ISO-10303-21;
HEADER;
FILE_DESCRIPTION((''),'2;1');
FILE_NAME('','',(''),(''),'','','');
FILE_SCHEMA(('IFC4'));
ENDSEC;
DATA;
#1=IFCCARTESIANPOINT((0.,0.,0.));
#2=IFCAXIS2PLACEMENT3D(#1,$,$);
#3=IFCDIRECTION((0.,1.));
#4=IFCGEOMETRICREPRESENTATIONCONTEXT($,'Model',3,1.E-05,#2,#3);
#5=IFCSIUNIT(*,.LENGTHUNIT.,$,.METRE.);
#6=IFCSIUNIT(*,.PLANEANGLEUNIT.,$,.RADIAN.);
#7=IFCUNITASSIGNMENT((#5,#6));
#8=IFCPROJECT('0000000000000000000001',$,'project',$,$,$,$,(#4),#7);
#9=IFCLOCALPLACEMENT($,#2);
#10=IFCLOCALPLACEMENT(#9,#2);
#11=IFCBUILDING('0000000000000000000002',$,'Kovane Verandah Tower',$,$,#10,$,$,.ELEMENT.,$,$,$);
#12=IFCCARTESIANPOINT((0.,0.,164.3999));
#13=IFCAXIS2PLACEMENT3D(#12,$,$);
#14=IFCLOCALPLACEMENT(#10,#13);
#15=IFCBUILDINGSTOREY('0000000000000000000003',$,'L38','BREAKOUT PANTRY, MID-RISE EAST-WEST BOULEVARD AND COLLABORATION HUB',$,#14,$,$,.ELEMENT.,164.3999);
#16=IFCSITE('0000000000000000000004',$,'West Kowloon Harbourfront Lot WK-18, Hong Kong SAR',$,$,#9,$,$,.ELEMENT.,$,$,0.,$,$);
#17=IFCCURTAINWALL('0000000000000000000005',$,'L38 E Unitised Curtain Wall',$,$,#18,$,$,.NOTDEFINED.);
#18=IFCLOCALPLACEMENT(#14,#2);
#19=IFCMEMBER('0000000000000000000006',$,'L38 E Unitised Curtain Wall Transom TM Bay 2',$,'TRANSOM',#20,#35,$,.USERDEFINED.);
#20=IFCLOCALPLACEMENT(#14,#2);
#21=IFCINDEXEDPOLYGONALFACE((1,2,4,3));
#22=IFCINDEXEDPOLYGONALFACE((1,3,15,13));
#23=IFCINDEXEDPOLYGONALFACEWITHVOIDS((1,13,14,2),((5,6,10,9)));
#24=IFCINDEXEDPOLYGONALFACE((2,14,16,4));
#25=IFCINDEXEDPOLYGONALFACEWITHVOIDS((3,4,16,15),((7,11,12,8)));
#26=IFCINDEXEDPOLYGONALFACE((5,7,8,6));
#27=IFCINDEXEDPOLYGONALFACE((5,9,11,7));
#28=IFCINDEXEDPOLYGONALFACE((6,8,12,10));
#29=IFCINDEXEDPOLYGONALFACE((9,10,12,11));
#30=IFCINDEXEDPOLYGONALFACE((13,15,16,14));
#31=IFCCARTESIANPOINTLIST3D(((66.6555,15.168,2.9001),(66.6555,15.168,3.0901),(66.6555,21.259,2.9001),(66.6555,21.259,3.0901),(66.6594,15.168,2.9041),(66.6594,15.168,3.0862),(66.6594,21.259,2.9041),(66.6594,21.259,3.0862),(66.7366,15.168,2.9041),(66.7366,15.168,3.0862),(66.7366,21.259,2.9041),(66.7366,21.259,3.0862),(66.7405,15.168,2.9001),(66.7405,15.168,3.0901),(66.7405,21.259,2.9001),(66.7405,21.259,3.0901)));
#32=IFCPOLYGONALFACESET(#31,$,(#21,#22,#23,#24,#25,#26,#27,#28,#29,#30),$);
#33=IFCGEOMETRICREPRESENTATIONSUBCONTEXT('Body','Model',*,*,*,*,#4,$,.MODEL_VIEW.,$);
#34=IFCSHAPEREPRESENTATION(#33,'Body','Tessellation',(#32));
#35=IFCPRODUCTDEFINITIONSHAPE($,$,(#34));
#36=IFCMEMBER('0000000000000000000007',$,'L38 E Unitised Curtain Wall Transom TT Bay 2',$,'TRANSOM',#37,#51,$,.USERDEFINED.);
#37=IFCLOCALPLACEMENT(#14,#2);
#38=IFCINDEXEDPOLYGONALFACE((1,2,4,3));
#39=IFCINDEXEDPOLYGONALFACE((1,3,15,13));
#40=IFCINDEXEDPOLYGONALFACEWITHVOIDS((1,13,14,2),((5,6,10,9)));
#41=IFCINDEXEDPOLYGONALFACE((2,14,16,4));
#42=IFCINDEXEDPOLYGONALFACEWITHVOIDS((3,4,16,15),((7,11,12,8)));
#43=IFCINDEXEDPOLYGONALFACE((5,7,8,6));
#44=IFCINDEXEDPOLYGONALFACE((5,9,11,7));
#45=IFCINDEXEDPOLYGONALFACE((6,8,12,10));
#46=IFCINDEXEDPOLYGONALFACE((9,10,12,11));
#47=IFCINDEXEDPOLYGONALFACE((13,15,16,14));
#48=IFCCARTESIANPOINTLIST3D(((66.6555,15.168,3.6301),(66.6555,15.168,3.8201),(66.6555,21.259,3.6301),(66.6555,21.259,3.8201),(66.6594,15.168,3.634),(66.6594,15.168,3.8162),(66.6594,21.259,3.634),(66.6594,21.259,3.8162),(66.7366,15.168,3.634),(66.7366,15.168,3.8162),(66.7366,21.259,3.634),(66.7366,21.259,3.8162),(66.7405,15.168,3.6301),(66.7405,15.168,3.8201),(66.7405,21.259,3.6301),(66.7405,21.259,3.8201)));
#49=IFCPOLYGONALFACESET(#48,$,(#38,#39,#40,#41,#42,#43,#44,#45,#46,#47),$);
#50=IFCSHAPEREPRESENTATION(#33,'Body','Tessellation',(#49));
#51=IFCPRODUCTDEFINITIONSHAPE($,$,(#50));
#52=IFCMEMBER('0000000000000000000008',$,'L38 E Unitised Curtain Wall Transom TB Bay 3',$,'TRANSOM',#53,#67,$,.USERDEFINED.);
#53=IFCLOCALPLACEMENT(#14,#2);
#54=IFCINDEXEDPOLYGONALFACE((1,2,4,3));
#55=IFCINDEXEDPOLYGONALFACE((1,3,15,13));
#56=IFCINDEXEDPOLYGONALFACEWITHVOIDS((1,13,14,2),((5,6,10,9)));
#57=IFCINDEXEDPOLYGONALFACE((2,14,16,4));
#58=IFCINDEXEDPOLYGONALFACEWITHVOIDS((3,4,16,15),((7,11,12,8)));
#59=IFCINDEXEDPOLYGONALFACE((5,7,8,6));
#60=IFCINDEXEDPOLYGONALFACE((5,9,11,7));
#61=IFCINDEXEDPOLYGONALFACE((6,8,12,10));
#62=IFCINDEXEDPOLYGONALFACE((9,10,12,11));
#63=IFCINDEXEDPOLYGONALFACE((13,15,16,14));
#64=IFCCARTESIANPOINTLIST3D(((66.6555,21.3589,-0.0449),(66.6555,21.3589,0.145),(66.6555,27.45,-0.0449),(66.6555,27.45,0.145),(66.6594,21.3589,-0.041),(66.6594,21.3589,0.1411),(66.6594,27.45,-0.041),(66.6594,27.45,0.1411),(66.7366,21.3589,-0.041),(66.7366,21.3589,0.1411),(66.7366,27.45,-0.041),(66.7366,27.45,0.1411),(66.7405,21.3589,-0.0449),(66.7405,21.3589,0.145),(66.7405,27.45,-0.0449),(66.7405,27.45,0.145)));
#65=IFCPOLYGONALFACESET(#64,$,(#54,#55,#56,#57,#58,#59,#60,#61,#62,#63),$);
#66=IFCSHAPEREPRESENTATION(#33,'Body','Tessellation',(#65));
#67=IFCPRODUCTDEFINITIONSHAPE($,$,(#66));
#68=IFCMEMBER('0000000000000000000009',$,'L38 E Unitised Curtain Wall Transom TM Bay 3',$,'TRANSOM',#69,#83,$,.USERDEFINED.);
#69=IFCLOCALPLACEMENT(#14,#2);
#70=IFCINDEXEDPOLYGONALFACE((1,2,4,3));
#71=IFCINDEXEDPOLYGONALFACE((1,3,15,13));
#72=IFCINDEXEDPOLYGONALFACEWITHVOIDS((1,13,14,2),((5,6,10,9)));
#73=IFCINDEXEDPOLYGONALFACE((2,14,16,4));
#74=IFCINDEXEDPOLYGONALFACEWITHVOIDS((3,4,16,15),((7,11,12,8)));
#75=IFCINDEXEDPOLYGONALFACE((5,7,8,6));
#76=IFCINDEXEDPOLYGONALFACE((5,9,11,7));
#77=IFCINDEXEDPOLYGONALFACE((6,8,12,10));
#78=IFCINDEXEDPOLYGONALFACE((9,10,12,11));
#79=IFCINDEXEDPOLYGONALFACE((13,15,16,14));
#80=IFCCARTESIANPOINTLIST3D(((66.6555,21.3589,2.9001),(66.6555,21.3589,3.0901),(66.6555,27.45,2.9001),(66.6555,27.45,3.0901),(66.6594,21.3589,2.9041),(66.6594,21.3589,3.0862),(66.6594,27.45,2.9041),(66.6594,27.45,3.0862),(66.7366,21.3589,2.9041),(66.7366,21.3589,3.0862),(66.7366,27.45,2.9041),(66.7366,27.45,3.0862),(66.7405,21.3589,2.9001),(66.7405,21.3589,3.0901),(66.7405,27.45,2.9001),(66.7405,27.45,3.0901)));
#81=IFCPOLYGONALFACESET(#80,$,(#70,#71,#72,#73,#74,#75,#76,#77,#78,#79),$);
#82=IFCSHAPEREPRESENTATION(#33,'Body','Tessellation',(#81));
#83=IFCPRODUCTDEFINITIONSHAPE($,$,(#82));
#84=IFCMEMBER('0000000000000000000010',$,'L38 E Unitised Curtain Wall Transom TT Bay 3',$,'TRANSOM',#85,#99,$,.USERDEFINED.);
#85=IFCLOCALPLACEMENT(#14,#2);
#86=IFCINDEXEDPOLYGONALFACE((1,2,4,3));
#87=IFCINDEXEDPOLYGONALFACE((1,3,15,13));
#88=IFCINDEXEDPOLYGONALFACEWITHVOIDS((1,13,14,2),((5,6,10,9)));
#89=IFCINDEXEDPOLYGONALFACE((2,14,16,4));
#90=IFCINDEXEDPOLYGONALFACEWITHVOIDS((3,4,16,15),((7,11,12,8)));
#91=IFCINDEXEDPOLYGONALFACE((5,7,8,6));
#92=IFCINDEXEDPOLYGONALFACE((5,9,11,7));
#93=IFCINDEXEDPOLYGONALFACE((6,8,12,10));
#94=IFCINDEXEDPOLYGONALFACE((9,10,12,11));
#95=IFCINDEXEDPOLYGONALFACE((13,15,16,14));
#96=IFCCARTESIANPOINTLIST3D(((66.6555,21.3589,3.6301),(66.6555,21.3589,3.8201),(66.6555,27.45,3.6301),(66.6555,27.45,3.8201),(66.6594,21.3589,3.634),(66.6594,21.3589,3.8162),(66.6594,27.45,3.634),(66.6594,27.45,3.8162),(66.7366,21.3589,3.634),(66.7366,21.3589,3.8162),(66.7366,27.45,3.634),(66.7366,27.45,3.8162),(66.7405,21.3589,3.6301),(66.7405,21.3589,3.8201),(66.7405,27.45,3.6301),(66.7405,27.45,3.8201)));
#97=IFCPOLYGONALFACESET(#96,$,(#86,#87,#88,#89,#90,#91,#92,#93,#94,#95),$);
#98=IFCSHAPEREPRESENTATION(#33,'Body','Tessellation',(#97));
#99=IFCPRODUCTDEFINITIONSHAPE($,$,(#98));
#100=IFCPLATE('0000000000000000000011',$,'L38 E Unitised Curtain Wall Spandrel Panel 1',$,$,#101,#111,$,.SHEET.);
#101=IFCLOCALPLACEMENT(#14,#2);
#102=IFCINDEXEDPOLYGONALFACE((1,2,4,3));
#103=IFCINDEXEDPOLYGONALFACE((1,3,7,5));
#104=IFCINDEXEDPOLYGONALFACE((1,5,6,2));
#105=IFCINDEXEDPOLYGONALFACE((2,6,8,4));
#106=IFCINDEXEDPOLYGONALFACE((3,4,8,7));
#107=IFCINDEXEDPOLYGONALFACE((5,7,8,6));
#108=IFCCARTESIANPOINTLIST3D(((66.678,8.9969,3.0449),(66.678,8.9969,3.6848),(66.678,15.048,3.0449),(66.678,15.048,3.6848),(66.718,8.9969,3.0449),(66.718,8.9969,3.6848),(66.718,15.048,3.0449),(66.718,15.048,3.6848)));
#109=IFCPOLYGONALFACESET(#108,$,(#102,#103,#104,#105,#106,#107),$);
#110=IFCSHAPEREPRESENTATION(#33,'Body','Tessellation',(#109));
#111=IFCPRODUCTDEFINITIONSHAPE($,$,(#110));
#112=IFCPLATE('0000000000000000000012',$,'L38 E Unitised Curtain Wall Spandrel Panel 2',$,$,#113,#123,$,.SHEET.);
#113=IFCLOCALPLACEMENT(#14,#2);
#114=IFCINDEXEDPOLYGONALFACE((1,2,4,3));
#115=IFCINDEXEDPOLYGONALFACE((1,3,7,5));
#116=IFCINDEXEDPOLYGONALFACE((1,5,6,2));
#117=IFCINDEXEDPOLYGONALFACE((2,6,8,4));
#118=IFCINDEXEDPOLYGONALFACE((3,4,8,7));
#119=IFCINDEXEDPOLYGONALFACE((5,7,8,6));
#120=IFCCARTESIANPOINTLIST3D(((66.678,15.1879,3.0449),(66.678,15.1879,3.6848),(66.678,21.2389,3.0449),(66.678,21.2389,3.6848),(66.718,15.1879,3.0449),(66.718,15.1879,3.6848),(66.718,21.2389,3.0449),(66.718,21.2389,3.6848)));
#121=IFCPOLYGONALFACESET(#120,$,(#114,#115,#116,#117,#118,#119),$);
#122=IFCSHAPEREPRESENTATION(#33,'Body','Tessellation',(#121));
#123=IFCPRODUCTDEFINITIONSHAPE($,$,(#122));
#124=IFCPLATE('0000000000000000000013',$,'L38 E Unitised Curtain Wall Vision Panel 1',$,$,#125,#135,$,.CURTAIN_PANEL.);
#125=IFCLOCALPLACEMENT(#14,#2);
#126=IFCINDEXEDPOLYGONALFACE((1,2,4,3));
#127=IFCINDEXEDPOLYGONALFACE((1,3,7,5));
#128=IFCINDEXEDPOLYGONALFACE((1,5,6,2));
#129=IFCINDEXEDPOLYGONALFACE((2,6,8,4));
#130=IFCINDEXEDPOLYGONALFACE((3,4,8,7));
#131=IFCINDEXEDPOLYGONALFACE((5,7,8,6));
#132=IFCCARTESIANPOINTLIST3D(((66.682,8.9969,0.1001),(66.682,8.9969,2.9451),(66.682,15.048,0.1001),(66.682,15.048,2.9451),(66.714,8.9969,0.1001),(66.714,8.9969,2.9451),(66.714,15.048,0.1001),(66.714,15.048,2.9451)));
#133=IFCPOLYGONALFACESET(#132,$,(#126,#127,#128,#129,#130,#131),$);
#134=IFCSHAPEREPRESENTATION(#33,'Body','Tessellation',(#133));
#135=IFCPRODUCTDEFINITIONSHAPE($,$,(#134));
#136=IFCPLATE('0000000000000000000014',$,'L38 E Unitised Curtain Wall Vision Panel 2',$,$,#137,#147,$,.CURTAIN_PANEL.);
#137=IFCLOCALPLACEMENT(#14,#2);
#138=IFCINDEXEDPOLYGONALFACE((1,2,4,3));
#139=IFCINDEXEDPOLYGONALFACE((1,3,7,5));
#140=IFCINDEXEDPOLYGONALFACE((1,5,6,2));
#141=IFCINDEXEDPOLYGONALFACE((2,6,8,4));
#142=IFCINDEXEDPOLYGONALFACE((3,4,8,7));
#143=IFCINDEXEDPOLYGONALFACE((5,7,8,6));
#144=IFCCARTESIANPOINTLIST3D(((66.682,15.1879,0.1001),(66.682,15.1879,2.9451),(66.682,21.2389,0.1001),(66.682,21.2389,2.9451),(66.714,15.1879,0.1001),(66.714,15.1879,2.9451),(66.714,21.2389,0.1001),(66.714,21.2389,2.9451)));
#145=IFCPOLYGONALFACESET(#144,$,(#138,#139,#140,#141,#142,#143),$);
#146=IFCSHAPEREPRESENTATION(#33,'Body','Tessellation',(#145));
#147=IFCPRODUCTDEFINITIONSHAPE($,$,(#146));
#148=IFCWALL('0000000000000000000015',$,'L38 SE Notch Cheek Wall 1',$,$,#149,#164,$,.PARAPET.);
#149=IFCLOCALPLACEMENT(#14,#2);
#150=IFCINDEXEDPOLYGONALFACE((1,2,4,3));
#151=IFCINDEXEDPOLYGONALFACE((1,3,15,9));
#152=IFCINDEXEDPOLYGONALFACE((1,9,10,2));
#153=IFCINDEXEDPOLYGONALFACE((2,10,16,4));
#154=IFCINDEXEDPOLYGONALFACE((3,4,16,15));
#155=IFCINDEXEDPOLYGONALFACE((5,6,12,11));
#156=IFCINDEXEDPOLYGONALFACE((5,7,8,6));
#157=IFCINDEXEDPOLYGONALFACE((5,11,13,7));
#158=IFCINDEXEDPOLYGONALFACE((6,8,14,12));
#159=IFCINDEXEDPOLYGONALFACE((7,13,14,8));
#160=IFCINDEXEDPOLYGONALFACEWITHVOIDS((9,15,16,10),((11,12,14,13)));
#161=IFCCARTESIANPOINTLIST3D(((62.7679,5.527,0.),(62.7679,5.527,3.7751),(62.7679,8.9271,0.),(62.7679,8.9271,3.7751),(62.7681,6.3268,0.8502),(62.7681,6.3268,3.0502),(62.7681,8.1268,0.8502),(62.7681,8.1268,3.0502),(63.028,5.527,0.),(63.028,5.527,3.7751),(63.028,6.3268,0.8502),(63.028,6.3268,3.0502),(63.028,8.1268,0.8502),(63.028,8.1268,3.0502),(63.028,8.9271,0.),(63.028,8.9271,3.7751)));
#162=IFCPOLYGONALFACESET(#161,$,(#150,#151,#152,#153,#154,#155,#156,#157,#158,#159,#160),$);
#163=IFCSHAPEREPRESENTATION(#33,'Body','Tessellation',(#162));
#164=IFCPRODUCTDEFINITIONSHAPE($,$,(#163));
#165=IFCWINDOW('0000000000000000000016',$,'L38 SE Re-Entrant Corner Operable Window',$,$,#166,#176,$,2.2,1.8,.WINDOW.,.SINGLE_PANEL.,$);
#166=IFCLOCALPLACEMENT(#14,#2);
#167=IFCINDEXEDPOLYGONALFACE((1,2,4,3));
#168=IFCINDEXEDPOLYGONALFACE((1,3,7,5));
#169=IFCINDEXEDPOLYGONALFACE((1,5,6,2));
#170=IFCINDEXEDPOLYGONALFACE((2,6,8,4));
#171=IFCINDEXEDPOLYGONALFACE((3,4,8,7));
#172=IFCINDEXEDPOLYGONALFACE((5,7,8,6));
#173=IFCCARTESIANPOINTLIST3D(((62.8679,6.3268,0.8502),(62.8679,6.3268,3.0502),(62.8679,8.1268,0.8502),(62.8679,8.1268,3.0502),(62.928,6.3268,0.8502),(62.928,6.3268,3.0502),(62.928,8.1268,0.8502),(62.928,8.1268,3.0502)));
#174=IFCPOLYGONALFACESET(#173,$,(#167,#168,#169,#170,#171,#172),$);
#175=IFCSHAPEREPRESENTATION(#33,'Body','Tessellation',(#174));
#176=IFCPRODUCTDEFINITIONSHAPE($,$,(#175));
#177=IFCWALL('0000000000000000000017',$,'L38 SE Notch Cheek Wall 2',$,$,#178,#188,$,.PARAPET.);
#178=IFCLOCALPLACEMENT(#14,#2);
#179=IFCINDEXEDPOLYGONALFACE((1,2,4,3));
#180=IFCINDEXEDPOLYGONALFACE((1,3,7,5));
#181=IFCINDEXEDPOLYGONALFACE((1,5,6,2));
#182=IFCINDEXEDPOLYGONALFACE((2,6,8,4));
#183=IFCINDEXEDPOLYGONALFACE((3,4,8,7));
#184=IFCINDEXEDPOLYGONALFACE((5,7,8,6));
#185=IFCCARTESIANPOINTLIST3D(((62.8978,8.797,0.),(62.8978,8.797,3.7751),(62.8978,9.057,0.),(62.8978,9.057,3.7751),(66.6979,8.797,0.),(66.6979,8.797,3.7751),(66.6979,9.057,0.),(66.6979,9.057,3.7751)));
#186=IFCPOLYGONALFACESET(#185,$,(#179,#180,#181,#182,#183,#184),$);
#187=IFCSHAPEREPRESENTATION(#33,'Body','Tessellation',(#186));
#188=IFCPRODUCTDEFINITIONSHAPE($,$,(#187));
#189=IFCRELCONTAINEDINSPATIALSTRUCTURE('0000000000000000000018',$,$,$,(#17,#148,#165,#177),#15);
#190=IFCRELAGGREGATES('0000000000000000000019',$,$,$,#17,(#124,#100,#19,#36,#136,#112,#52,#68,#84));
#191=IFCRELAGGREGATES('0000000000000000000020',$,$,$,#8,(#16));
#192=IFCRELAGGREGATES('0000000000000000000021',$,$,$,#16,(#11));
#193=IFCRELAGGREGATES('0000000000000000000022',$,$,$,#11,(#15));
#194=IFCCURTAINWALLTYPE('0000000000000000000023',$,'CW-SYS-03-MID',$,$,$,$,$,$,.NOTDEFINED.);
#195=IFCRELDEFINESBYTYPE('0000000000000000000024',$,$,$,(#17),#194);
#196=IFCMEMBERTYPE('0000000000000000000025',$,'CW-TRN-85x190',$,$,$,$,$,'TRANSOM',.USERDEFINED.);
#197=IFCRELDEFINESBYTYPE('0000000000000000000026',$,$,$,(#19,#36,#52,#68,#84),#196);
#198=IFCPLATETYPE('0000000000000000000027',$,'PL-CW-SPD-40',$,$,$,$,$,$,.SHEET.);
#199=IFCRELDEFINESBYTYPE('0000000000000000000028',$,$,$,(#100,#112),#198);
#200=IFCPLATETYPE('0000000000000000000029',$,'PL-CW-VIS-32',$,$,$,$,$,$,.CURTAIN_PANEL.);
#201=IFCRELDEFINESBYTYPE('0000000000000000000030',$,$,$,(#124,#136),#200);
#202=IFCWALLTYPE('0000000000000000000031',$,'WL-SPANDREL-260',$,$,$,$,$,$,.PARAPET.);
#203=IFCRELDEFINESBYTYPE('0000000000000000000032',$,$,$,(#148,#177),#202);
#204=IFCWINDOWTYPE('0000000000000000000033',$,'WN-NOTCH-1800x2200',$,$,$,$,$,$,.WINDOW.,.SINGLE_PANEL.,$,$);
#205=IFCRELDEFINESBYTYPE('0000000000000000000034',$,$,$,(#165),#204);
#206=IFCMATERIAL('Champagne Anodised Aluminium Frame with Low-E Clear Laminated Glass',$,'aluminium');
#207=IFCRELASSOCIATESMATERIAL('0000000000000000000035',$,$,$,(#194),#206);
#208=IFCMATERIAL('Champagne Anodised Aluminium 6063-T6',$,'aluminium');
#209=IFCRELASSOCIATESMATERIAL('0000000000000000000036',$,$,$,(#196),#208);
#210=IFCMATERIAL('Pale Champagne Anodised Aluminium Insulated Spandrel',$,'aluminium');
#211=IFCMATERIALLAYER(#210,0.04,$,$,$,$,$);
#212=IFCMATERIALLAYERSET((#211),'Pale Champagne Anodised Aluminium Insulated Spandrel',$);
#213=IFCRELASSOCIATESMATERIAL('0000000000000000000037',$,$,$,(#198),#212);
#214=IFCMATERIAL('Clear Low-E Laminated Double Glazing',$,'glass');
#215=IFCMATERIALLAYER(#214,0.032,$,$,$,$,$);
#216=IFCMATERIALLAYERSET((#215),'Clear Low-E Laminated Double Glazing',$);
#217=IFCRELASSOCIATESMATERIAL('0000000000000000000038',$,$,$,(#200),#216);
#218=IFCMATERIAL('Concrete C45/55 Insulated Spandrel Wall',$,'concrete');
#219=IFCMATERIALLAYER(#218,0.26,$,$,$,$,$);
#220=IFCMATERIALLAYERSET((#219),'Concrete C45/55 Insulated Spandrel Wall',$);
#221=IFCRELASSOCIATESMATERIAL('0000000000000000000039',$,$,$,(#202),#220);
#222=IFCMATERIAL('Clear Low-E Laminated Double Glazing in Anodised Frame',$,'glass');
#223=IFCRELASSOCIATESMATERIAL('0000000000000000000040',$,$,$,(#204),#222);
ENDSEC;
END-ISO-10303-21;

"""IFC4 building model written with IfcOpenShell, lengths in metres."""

from ifc_helpers import new_model, si_unit, direction, frame, frame_2d, origin, origin_2d, place, context, subcontext, project, spatial, rectangle, hollow_rectangle, extrude, material, layer, layer_set, material_profile, profile_set, type_object, element, fill, aggregate, save


model = new_model("IFC4")

# Units and contexts
model_context = context("Model", 3, precision=1e-05, world=origin(), true_north=direction((0.0, 1.0)))
body_context = subcontext(model_context, "Body", "Model", "MODEL_VIEW")
ifc_project = project(units=[si_unit("LENGTHUNIT", "METRE"), si_unit("PLANEANGLEUNIT", "RADIAN")], contexts=[model_context])

# Site, building, storey
site_placement = place(None, origin())
site = spatial("IfcSite", under=ifc_project, at=site_placement, Name="West Kowloon Harbourfront Lot WK-18, Hong Kong SAR", CompositionType="ELEMENT", RefElevation=0.0)
building_placement = place(site_placement, origin())
building = spatial("IfcBuilding", under=site, at=building_placement, Name="Kovane Verandah Tower", CompositionType="ELEMENT")
storey_placement = place(building_placement, frame((0.0, 0.0, 164.3999)))
storey = spatial("IfcBuildingStorey", under=building, at=storey_placement, Name="L38", Description="BREAKOUT PANTRY, MID-RISE EAST-WEST BOULEVARD AND COLLABORATION HUB", CompositionType="ELEMENT", Elevation=164.3999)

# Shared definitions
ifc_material_1 = material(Name="Champagne Anodised Aluminium Frame with Low-E Clear Laminated Glass", Category="aluminium")
curtain_wall_type = type_object("IfcCurtainWallType", Name="CW-SYS-03-MID", PredefinedType="NOTDEFINED", material=ifc_material_1)
ifc_material_2 = material(Name="Champagne Anodised Aluminium 6063-T6", Category="aluminium")

# Curtain wall, members, plates
curtain_wall_1_placement = place(storey_placement, origin())
curtain_wall_1 = element("IfcCurtainWall", 1, at=curtain_wall_1_placement, inside=storey, type_object=curtain_wall_type, Name="L38 E Unitised Curtain Wall", PredefinedType="NOTDEFINED")
ifc_material_profile_1 = material_profile(ifc_material_2, hollow_rectangle(XDim=0.085, YDim=0.1899, WallThickness=0.0039, at=origin_2d()), Name="AL85x190x4")
ifc_profile_set_1 = profile_set([ifc_material_profile_1], Name="Champagne Anodised Aluminium 6063-T6")
member_type_1 = type_object("IfcMemberType", Name="CW-TRN-85x190", ElementType="TRANSOM", PredefinedType="USERDEFINED", material=ifc_profile_set_1)
member_1_placement = place(storey_placement, frame((66.698, 15.168, 2.9951), z_axis=(0.0, 1.0, 0.0), x_axis=(-1.0, 0.0, 0.0)))
member_1 = element("IfcMember", 2, at=member_1_placement, type_object=member_type_1, Name="L38 E Unitised Curtain Wall Transom TM Bay 2", ObjectType="TRANSOM", PredefinedType="USERDEFINED", context=body_context, shape_type="SweptSolid", body=[
    extrude(hollow_rectangle(XDim=0.085, YDim=0.1899, WallThickness=0.0039, at=origin_2d()), origin(), (0.0, 0.0, 1.0), 6.0911),
])
member_2_placement = place(storey_placement, frame((66.698, 15.168, 3.7251), z_axis=(0.0, 1.0, 0.0), x_axis=(-1.0, 0.0, 0.0)))
member_2 = element("IfcMember", 3, at=member_2_placement, type_object=member_type_1, Name="L38 E Unitised Curtain Wall Transom TT Bay 2", ObjectType="TRANSOM", PredefinedType="USERDEFINED", context=body_context, shape_type="SweptSolid", body=[
    extrude(hollow_rectangle(XDim=0.085, YDim=0.1899, WallThickness=0.0039, at=origin_2d()), origin(), (0.0, 0.0, 1.0), 6.0911),
])
member_3_placement = place(storey_placement, frame((66.698, 21.3589, 0.05), z_axis=(0.0, 1.0, 0.0), x_axis=(-1.0, 0.0, 0.0)))
member_3 = element("IfcMember", 4, at=member_3_placement, type_object=member_type_1, Name="L38 E Unitised Curtain Wall Transom TB Bay 3", ObjectType="TRANSOM", PredefinedType="USERDEFINED", context=body_context, shape_type="SweptSolid", body=[
    extrude(hollow_rectangle(XDim=0.085, YDim=0.1899, WallThickness=0.0039, at=origin_2d()), origin(), (0.0, 0.0, 1.0), 6.0911),
])
member_4_placement = place(storey_placement, frame((66.698, 21.3589, 2.9951), z_axis=(0.0, 1.0, 0.0), x_axis=(-1.0, 0.0, 0.0)))
member_4 = element("IfcMember", 5, at=member_4_placement, type_object=member_type_1, Name="L38 E Unitised Curtain Wall Transom TM Bay 3", ObjectType="TRANSOM", PredefinedType="USERDEFINED", context=body_context, shape_type="SweptSolid", body=[
    extrude(hollow_rectangle(XDim=0.085, YDim=0.1899, WallThickness=0.0039, at=origin_2d()), origin(), (0.0, 0.0, 1.0), 6.0911),
])
member_5_placement = place(storey_placement, frame((66.698, 21.3589, 3.7251), z_axis=(0.0, 1.0, 0.0), x_axis=(-1.0, 0.0, 0.0)))
member_5 = element("IfcMember", 6, at=member_5_placement, type_object=member_type_1, Name="L38 E Unitised Curtain Wall Transom TT Bay 3", ObjectType="TRANSOM", PredefinedType="USERDEFINED", context=body_context, shape_type="SweptSolid", body=[
    extrude(hollow_rectangle(XDim=0.085, YDim=0.1899, WallThickness=0.0039, at=origin_2d()), origin(), (0.0, 0.0, 1.0), 6.0911),
])
ifc_material_3 = material(Name="Pale Champagne Anodised Aluminium Insulated Spandrel", Category="aluminium")
ifc_layer_1 = layer(ifc_material_3, 0.04)
ifc_layer_set_1 = layer_set([ifc_layer_1], Name="Pale Champagne Anodised Aluminium Insulated Spandrel")
plate_type_1 = type_object("IfcPlateType", Name="PL-CW-SPD-40", PredefinedType="SHEET", material=ifc_layer_set_1)
plate_1_placement = place(storey_placement, frame((66.698, 12.0225, 3.0449), z_axis=(0.0, 0.0, 1.0), x_axis=(0.0, 1.0, 0.0)))
plate_1 = element("IfcPlate", 7, at=plate_1_placement, type_object=plate_type_1, Name="L38 E Unitised Curtain Wall Spandrel Panel 1", PredefinedType="SHEET", context=body_context, shape_type="SweptSolid", body=[
    extrude(rectangle(XDim=6.051, YDim=0.04, at=origin_2d()), origin(), (0.0, 0.0, 1.0), 0.6399),
])
plate_2_placement = place(storey_placement, frame((66.698, 18.2134, 3.0449), z_axis=(0.0, 0.0, 1.0), x_axis=(0.0, 1.0, 0.0)))
plate_2 = element("IfcPlate", 8, at=plate_2_placement, type_object=plate_type_1, Name="L38 E Unitised Curtain Wall Spandrel Panel 2", PredefinedType="SHEET", context=body_context, shape_type="SweptSolid", body=[
    extrude(rectangle(XDim=6.051, YDim=0.04, at=origin_2d()), origin(), (0.0, 0.0, 1.0), 0.6399),
])
ifc_material_4 = material(Name="Clear Low-E Laminated Double Glazing", Category="glass")
ifc_layer_2 = layer(ifc_material_4, 0.032)
ifc_layer_set_2 = layer_set([ifc_layer_2], Name="Clear Low-E Laminated Double Glazing")
plate_type_2 = type_object("IfcPlateType", Name="PL-CW-VIS-32", PredefinedType="CURTAIN_PANEL", material=ifc_layer_set_2)
plate_3_placement = place(storey_placement, frame((66.698, 12.0225, 0.1001), z_axis=(0.0, 0.0, 1.0), x_axis=(0.0, 1.0, 0.0)))
plate_3 = element("IfcPlate", 9, at=plate_3_placement, type_object=plate_type_2, Name="L38 E Unitised Curtain Wall Vision Panel 1", PredefinedType="CURTAIN_PANEL", context=body_context, shape_type="SweptSolid", body=[
    extrude(rectangle(XDim=6.051, YDim=0.032, at=origin_2d()), origin(), (0.0, 0.0, 1.0), 2.845),
])
plate_4_placement = place(storey_placement, frame((66.698, 18.2134, 0.1001), z_axis=(0.0, 0.0, 1.0), x_axis=(0.0, 1.0, 0.0)))
plate_4 = element("IfcPlate", 10, at=plate_4_placement, type_object=plate_type_2, Name="L38 E Unitised Curtain Wall Vision Panel 2", PredefinedType="CURTAIN_PANEL", context=body_context, shape_type="SweptSolid", body=[
    extrude(rectangle(XDim=6.051, YDim=0.032, at=origin_2d()), origin(), (0.0, 0.0, 1.0), 2.845),
])
aggregate(curtain_wall_1, [plate_3, plate_1, member_1, member_2, plate_4, plate_2, member_3, member_4, member_5])

# Wall, opening, window
ifc_material_5 = material(Name="Concrete C45/55 Insulated Spandrel Wall", Category="concrete")
ifc_layer_3 = layer(ifc_material_5, 0.26)
ifc_layer_set_3 = layer_set([ifc_layer_3], Name="Concrete C45/55 Insulated Spandrel Wall")
wall_type = type_object("IfcWallType", Name="WL-SPANDREL-260", PredefinedType="PARAPET", material=ifc_layer_set_3)
wall_1_placement = place(storey_placement, frame((62.8979, 5.5269, 0.0), z_axis=(0.0, 0.0, 1.0), x_axis=(0.0, 1.0, 0.0)))
wall_1 = element("IfcWall", 11, at=wall_1_placement, inside=storey, type_object=wall_type, Name="L38 SE Notch Cheek Wall 1", PredefinedType="PARAPET", context=body_context, shape_type="SweptSolid", body=[
    extrude(rectangle(XDim=3.4001, YDim=0.26, at=frame_2d((1.7002, 0.0))), origin(), (0.0, 0.0, 1.0), 3.7751),
])
opening_placement = place(wall_1_placement, frame((0.8, 0.0, 0.8501)))
opening = element("IfcOpeningElement", 12, at=opening_placement, cuts=wall_1, PredefinedType="OPENING", context=body_context, shape_type="SweptSolid", body=[
    extrude(rectangle(XDim=1.8, YDim=2.2, at=frame_2d((0.8999, 1.1001))), frame((0.0, 0.1299, 0.0), z_axis=(0.0, -1.0, 0.0), x_axis=(1.0, 0.0, 0.0)), (0.0, 0.0, 1.0), 0.26),
])
ifc_material_6 = material(Name="Clear Low-E Laminated Double Glazing in Anodised Frame", Category="glass")
window_type = type_object("IfcWindowType", Name="WN-NOTCH-1800x2200", PartitioningType="SINGLE_PANEL", PredefinedType="WINDOW", material=ifc_material_6)
window_placement = place(opening_placement, origin())
window = element("IfcWindow", 13, at=window_placement, inside=storey, type_object=window_type, Name="L38 SE Re-Entrant Corner Operable Window", OverallHeight=2.2, OverallWidth=1.8, PartitioningType="SINGLE_PANEL", PredefinedType="WINDOW", context=body_context, shape_type="SweptSolid", body=[
    extrude(rectangle(XDim=1.8, YDim=2.2, at=frame_2d((0.8999, 1.1001))), frame((0.0, 0.03, 0.0), z_axis=(0.0, -1.0, 0.0), x_axis=(1.0, 0.0, 0.0)), (0.0, 0.0, 1.0), 0.0601),
])
fill(opening, window)

# Wall
wall_2_placement = place(storey_placement, frame((62.8979, 8.927, 0.0), z_axis=(0.0, 0.0, 1.0), x_axis=(1.0, 0.0, 0.0)))
element("IfcWall", 14, at=wall_2_placement, inside=storey, type_object=wall_type, Name="L38 SE Notch Cheek Wall 2", PredefinedType="PARAPET", context=body_context, shape_type="SweptSolid", body=[
    extrude(rectangle(XDim=3.8, YDim=0.26, at=frame_2d((1.8999, 0.0))), origin(), (0.0, 0.0, 1.0), 3.7751),
])

save(model, "model.ifc")
